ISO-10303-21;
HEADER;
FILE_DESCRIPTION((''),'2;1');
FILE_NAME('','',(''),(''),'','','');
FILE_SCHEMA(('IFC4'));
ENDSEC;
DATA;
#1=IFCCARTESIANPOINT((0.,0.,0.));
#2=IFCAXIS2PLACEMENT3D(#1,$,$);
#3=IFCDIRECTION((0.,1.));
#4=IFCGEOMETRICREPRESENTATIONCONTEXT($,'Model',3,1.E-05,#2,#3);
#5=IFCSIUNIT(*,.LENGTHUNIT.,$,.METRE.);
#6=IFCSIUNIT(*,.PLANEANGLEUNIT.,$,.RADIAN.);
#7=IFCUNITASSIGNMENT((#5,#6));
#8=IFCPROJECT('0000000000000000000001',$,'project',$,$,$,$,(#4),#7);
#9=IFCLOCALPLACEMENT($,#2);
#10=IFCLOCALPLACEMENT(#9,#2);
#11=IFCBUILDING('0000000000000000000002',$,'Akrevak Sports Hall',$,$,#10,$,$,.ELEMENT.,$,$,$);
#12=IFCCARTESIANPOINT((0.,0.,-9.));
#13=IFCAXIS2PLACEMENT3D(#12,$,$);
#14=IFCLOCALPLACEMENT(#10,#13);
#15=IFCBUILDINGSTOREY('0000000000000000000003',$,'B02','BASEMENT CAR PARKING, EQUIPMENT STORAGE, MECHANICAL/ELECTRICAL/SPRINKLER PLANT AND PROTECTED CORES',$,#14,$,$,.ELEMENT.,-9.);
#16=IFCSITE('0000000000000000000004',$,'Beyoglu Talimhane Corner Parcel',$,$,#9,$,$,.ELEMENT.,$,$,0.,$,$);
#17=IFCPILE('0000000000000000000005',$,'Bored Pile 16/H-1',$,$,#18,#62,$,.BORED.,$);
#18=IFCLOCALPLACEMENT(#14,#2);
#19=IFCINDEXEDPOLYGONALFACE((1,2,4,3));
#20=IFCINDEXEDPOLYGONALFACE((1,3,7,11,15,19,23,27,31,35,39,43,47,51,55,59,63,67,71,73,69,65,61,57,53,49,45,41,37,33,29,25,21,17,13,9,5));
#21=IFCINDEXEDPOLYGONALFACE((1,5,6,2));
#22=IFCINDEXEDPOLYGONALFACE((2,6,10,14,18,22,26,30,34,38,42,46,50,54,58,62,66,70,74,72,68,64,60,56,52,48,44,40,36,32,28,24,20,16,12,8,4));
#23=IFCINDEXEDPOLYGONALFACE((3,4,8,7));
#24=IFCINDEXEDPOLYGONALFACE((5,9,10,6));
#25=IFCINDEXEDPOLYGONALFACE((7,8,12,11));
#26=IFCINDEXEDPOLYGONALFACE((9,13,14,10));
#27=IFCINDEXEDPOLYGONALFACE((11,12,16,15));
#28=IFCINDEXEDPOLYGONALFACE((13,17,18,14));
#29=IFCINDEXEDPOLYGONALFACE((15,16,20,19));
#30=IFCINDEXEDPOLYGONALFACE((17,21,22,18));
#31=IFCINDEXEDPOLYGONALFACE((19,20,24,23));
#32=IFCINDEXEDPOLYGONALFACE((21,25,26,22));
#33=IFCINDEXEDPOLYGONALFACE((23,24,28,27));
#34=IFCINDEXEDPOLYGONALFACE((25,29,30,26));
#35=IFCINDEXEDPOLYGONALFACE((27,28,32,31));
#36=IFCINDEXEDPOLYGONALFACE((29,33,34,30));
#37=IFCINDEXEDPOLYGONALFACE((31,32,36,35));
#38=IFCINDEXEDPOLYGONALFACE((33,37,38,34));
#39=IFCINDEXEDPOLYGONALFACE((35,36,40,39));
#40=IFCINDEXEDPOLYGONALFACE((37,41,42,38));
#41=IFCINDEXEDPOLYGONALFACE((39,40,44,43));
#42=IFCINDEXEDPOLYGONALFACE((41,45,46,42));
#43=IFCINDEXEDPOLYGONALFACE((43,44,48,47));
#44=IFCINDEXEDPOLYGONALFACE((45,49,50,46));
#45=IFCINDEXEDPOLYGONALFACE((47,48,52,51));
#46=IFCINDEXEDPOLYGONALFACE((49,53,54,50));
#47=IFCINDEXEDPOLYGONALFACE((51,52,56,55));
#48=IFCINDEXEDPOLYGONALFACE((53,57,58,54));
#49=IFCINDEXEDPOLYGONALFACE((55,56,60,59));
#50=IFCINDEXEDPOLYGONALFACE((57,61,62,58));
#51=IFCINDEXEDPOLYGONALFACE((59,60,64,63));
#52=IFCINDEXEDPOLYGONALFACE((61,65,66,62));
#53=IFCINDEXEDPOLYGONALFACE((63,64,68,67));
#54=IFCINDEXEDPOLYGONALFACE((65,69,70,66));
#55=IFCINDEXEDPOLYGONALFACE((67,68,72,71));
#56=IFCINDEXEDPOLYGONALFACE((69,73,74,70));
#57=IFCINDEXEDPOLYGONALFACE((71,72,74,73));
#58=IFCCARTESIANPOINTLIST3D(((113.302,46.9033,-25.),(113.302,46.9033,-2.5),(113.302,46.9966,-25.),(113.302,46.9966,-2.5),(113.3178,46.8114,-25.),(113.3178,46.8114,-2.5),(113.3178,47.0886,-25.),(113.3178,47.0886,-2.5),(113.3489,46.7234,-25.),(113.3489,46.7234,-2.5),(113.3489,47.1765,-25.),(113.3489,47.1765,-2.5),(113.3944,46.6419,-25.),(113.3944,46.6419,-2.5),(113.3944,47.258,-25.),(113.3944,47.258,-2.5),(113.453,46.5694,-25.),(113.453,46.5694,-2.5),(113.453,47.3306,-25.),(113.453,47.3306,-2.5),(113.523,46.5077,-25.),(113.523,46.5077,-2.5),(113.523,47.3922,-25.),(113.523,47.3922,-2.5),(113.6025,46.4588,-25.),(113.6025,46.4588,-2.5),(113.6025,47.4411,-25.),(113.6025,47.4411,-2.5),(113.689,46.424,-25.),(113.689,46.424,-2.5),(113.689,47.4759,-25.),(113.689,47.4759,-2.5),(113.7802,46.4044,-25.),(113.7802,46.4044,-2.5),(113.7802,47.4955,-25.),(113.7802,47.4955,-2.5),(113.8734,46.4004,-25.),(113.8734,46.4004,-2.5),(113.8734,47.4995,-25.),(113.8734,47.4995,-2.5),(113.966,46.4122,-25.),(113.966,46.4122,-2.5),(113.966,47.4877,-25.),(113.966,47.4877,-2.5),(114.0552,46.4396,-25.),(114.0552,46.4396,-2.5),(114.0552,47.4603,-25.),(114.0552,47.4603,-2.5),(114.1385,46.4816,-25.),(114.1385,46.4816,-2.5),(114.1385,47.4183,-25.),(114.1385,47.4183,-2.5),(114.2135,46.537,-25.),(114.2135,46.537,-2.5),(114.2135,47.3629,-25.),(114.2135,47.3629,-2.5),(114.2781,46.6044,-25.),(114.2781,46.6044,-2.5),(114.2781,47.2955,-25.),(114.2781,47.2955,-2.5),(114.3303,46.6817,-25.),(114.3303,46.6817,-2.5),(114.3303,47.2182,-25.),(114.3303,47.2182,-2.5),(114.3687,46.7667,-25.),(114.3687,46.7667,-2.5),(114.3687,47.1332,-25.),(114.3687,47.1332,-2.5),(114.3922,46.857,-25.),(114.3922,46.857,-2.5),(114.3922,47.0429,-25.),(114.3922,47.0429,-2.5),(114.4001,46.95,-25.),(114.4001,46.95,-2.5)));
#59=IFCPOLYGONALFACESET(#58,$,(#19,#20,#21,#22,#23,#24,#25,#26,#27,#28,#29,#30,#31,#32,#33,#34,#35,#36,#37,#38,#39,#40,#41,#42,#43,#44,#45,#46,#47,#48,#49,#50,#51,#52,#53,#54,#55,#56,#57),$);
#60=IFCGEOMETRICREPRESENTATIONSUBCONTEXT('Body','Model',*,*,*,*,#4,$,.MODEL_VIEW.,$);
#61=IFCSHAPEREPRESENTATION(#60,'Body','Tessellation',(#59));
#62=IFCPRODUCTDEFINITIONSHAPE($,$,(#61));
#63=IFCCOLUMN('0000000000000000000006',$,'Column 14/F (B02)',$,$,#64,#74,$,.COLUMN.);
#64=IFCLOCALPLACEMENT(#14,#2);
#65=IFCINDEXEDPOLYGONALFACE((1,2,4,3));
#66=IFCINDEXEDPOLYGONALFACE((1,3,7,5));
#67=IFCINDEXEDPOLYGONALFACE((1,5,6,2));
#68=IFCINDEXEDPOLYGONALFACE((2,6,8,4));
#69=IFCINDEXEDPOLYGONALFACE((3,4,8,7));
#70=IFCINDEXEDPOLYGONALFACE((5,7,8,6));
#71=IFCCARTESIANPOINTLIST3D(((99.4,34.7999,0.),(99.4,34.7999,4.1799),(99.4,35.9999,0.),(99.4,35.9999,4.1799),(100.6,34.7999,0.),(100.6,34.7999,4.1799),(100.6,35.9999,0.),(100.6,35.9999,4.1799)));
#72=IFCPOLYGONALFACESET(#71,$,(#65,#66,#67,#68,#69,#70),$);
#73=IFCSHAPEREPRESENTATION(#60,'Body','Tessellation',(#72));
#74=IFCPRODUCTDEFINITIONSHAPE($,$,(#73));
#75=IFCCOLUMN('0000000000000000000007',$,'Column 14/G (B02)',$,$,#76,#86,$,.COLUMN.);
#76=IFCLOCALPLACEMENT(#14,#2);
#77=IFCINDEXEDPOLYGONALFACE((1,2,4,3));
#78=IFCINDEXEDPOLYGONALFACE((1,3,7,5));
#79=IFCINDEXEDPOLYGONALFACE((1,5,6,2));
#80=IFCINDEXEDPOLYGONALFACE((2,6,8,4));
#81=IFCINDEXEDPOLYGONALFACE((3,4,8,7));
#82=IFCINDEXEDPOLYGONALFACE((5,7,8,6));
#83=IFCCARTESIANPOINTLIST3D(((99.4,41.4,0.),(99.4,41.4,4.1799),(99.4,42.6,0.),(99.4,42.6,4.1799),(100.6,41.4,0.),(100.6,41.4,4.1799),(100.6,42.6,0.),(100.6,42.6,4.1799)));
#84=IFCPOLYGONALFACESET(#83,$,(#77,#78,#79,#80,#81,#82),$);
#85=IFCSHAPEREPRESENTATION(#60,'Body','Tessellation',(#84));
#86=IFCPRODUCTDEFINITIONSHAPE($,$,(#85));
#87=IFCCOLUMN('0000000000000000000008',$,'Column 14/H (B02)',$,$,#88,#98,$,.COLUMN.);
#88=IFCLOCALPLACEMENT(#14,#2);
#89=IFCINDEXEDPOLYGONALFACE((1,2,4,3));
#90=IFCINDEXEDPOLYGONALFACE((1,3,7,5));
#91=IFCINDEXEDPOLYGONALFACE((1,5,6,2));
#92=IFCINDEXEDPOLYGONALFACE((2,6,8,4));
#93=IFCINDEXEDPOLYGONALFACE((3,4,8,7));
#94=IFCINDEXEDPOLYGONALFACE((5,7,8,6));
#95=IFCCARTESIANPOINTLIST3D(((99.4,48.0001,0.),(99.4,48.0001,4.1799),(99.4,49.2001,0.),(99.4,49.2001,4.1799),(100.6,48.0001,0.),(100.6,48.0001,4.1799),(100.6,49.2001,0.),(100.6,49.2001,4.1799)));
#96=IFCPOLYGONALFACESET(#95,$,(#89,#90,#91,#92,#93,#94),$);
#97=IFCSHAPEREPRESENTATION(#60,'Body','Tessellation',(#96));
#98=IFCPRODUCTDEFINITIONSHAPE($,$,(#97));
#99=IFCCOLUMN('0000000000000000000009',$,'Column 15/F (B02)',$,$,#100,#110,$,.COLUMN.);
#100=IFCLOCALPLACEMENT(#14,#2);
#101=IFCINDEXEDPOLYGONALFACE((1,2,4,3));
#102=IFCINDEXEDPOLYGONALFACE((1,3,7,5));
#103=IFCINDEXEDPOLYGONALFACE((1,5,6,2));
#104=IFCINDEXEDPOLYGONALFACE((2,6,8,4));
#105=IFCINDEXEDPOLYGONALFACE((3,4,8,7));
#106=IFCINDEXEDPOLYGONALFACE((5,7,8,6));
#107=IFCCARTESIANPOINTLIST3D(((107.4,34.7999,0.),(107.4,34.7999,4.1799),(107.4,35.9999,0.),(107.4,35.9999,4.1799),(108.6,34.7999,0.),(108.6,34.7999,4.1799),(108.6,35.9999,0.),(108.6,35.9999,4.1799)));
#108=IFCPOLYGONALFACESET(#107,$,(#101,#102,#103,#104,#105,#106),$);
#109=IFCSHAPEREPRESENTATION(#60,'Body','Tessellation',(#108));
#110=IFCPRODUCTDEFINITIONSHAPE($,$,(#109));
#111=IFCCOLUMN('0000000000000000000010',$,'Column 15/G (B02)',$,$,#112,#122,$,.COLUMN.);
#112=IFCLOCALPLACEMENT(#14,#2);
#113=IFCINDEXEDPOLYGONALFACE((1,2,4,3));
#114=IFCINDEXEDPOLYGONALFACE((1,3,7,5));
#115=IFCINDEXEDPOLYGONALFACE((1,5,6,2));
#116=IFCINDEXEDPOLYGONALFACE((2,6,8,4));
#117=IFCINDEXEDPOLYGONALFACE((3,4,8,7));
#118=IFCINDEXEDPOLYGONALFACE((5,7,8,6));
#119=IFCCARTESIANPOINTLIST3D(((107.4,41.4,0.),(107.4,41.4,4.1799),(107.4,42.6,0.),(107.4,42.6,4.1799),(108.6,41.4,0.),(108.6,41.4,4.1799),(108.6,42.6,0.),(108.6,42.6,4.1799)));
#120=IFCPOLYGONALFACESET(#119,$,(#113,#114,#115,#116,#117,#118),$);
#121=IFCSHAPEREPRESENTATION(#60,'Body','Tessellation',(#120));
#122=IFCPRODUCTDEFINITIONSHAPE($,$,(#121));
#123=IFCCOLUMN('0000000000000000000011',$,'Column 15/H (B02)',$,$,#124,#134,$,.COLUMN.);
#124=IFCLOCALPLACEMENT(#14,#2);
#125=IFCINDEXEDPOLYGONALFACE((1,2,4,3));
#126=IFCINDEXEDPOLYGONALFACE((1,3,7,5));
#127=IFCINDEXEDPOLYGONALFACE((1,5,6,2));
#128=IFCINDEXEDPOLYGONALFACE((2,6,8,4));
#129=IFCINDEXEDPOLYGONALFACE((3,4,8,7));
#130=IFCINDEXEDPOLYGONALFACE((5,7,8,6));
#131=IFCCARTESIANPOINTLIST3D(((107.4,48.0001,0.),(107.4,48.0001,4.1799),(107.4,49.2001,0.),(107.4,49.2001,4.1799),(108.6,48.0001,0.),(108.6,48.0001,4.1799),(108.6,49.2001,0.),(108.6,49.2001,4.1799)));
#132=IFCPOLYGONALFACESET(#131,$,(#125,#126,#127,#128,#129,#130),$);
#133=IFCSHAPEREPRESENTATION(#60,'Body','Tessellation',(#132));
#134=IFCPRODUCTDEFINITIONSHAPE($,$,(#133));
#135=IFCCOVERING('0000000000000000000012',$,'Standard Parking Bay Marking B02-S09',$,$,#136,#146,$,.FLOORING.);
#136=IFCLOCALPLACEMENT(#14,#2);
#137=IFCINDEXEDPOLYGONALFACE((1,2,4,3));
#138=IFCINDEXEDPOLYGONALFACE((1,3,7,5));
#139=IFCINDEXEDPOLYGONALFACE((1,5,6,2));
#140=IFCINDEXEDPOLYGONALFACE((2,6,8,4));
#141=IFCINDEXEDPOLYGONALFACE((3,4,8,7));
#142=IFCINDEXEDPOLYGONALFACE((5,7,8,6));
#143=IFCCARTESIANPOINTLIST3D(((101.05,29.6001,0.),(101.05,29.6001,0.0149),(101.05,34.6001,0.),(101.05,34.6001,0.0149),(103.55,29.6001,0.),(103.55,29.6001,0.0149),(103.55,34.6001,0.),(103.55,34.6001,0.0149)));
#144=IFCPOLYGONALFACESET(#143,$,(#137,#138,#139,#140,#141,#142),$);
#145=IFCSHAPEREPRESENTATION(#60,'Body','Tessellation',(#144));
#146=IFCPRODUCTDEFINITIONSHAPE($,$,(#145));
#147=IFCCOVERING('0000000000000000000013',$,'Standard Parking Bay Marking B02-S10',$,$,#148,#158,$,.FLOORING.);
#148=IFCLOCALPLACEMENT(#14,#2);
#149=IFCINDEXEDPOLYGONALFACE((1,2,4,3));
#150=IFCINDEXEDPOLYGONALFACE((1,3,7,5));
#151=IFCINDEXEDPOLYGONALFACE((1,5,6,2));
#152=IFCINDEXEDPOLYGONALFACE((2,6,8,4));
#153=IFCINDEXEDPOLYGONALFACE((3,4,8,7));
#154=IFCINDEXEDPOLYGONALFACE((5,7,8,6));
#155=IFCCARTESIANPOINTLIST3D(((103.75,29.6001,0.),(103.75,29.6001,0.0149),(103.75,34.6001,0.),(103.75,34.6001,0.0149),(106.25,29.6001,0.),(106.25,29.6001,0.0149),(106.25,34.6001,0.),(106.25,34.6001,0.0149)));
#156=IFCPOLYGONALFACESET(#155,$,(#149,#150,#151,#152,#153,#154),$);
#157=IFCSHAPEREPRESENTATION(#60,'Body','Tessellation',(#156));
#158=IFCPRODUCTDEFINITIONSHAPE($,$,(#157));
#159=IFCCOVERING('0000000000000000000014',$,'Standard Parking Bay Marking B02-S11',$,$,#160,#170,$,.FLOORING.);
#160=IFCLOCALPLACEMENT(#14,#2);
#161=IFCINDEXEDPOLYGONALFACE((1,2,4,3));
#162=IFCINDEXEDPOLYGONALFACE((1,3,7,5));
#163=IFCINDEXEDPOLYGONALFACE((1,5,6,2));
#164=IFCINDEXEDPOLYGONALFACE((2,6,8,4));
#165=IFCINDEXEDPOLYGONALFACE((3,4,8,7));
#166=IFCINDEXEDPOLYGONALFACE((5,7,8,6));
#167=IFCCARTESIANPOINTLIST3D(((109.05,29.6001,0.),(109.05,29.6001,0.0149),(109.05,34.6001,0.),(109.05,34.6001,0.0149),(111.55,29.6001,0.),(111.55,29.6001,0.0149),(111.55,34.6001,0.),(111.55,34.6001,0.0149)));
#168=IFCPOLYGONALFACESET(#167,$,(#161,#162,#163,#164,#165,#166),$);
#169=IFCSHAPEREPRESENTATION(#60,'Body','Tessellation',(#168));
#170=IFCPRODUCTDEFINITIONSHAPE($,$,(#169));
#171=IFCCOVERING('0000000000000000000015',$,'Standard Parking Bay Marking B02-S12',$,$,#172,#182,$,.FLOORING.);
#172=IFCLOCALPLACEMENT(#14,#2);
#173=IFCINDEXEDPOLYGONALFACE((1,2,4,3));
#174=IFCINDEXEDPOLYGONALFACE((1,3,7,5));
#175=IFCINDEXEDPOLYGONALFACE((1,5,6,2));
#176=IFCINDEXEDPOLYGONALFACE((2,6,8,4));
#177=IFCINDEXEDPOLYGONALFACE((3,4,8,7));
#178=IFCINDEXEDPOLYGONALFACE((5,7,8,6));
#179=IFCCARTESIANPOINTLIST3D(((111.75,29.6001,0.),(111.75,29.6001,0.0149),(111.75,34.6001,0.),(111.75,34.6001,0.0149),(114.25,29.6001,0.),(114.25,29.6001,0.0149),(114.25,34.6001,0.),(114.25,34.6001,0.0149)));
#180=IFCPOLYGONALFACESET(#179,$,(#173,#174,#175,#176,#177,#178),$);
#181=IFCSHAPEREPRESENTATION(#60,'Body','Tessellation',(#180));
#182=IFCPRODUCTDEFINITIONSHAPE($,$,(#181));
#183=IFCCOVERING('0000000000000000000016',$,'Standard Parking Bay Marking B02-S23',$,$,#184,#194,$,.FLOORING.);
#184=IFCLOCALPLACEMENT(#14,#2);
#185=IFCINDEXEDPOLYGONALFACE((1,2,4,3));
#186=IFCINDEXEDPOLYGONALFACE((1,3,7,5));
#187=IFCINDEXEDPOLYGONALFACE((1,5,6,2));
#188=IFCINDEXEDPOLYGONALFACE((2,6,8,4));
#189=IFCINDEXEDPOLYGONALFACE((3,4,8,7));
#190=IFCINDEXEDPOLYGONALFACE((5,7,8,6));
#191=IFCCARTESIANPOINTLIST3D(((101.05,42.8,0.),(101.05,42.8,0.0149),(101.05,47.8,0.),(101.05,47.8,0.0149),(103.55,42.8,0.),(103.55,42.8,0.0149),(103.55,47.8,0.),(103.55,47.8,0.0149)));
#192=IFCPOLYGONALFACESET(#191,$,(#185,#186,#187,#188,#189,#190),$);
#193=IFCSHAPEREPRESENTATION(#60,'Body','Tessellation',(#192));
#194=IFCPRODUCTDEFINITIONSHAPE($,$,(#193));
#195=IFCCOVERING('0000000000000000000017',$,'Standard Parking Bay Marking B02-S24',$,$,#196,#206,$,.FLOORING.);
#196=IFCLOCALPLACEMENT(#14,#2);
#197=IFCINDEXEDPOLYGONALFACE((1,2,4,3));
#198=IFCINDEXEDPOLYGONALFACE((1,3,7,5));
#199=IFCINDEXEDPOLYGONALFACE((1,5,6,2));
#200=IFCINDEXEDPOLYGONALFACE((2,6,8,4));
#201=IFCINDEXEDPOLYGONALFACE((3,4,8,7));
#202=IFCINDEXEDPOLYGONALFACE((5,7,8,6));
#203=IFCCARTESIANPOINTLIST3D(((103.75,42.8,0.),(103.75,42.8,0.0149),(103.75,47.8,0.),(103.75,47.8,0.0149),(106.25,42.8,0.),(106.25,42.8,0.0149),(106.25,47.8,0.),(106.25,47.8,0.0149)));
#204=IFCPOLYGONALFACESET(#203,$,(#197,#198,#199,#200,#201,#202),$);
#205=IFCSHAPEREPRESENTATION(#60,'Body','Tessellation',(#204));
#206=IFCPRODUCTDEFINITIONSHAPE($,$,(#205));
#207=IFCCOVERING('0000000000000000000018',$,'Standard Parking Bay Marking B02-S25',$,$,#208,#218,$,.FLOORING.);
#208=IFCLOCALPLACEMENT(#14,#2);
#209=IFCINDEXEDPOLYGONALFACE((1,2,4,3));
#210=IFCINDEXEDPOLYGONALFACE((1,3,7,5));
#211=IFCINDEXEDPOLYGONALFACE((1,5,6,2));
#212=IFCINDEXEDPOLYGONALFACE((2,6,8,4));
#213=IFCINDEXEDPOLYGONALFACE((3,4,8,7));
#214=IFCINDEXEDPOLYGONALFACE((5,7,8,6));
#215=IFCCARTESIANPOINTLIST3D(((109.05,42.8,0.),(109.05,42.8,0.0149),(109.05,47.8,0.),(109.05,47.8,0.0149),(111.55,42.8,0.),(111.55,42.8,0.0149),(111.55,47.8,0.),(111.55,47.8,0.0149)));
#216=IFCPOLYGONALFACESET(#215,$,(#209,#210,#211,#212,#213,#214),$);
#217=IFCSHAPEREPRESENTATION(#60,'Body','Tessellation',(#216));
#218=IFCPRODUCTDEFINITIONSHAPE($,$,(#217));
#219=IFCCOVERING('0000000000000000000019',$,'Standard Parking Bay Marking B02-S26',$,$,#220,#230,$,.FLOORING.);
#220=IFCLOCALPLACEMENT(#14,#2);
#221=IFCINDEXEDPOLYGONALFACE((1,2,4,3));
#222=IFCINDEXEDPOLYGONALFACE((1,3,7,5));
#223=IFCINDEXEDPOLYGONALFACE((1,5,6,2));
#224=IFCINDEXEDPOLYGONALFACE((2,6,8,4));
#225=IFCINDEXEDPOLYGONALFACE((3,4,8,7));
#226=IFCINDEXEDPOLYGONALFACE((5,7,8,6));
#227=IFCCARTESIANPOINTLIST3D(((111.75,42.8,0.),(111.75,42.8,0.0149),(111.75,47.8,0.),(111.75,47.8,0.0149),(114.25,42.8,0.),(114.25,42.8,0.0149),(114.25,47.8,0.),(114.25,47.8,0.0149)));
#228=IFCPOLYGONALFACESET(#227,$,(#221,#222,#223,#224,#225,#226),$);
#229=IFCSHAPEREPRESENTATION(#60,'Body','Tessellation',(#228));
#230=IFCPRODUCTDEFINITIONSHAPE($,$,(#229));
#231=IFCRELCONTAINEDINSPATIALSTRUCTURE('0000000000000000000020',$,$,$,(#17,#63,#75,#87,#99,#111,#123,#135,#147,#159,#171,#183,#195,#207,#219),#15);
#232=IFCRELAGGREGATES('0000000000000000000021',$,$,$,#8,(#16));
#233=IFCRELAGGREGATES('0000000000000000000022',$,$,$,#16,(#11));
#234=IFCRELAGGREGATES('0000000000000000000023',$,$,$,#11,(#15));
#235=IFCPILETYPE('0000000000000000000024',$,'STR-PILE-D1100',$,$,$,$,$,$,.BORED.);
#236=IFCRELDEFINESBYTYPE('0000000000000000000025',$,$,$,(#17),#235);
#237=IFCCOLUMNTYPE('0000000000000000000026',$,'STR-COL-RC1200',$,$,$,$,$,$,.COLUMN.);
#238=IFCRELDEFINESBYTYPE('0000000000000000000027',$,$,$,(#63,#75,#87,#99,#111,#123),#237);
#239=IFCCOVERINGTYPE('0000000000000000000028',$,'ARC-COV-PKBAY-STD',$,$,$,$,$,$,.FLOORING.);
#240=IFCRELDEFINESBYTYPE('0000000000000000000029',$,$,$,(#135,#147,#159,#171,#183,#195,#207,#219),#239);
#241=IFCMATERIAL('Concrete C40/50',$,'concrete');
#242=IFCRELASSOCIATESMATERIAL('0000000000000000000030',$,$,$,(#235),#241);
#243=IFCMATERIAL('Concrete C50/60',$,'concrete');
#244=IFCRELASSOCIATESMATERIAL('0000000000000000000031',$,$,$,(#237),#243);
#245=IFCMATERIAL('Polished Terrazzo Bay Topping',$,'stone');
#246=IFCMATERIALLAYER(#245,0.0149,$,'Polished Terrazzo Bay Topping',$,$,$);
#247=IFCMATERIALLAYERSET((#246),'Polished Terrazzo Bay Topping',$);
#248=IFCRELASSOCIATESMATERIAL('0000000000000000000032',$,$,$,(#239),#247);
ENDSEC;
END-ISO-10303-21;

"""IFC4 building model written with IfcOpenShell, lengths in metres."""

from ifc_helpers import new_model, si_unit, direction, frame, origin, origin_2d, place, context, subcontext, project, spatial, rectangle, circle, extrude, material, layer, layer_set, material_profile, profile_set, type_object, element, save


model = new_model("IFC4")

# Units and contexts
model_context = context("Model", 3, precision=1e-05, world=origin(), true_north=direction((0.0, 1.0)))
body_context = subcontext(model_context, "Body", "Model", "MODEL_VIEW")
ifc_project = project(units=[si_unit("LENGTHUNIT", "METRE"), si_unit("PLANEANGLEUNIT", "RADIAN")], contexts=[model_context])

# Site, building, storey
site_placement = place(None, origin())
site = spatial("IfcSite", under=ifc_project, at=site_placement, Name="Beyoglu Talimhane Corner Parcel", CompositionType="ELEMENT", RefElevation=0.0)
building_placement = place(site_placement, origin())
building = spatial("IfcBuilding", under=site, at=building_placement, Name="Akrevak Sports Hall", CompositionType="ELEMENT")
storey_placement = place(building_placement, frame((0.0, 0.0, -9.0)))
storey = spatial("IfcBuildingStorey", under=building, at=storey_placement, Name="B02", Description="BASEMENT CAR PARKING, EQUIPMENT STORAGE, MECHANICAL/ELECTRICAL/SPRINKLER PLANT AND PROTECTED CORES", CompositionType="ELEMENT", Elevation=-9.0)

# Shared definitions
ifc_material_1 = material(Name="Concrete C40/50", Category="concrete")

# Pile
ifc_material_profile_1 = material_profile(ifc_material_1, circle(Radius=0.55, at=origin_2d()), Name="BORED PILE D1100", Category="concrete")
ifc_profile_set_1 = profile_set([ifc_material_profile_1], Name="Concrete C40/50")
pile_type = type_object("IfcPileType", Name="STR-PILE-D1100", PredefinedType="BORED", material=ifc_profile_set_1)
for number, where, z_axis, x_axis, name in (
    (1, (113.8501, 46.95, -2.5), (0.0, 0.0, -1.0), (1.0, 0.0, 0.0), "Bored Pile 16/H-1"),
):
    element("IfcPile", number, at=place(storey_placement, frame(where, z_axis=z_axis, x_axis=x_axis)), inside=storey, type_object=pile_type, Name=name, PredefinedType="BORED", context=body_context, shape_type="SweptSolid", body=[
        extrude(circle(Radius=0.55, at=origin_2d()), origin(), (0.0, 0.0, 1.0), 22.5),
    ])

# Columns
ifc_material_2 = material(Name="Concrete C50/60", Category="concrete")
ifc_material_profile_2 = material_profile(ifc_material_2, rectangle(XDim=1.2, YDim=1.2, at=origin_2d()), Name="RC 1200x1200", Category="concrete")
ifc_profile_set_2 = profile_set([ifc_material_profile_2], Name="Concrete C50/60")
column_type = type_object("IfcColumnType", Name="STR-COL-RC1200", PredefinedType="COLUMN", material=ifc_profile_set_2)
for number, where, z_axis, x_axis, name in (
    (2, (100.0, 35.3999, 0.0), (0.0, 0.0, 1.0), (1.0, 0.0, 0.0), "Column 14/F (B02)"),
    (3, (100.0, 42.0, 0.0), (0.0, 0.0, 1.0), (1.0, 0.0, 0.0), "Column 14/G (B02)"),
    (4, (100.0, 48.6001, 0.0), (0.0, 0.0, 1.0), (1.0, 0.0, 0.0), "Column 14/H (B02)"),
    (5, (108.0, 35.3999, 0.0), (0.0, 0.0, 1.0), (1.0, 0.0, 0.0), "Column 15/F (B02)"),
    (6, (108.0, 42.0, 0.0), (0.0, 0.0, 1.0), (1.0, 0.0, 0.0), "Column 15/G (B02)"),
    (7, (108.0, 48.6001, 0.0), (0.0, 0.0, 1.0), (1.0, 0.0, 0.0), "Column 15/H (B02)"),
):
    element("IfcColumn", number, at=place(storey_placement, frame(where, z_axis=z_axis, x_axis=x_axis)), inside=storey, type_object=column_type, Name=name, PredefinedType="COLUMN", context=body_context, shape_type="SweptSolid", body=[
        extrude(rectangle(XDim=1.2, YDim=1.2, at=origin_2d()), origin(), (0.0, 0.0, 1.0), 4.1799),
    ])

# Coverings
ifc_material_3 = material(Name="Polished Terrazzo Bay Topping", Category="stone")
ifc_layer = layer(ifc_material_3, 0.0149, Name="Polished Terrazzo Bay Topping")
ifc_layer_set = layer_set([ifc_layer], Name="Polished Terrazzo Bay Topping")
covering_type = type_object("IfcCoveringType", Name="ARC-COV-PKBAY-STD", PredefinedType="FLOORING", material=ifc_layer_set)
for number, where, z_axis, x_axis, name in (
    (8, (102.3, 32.1001, 0.0), (0.0, 0.0, 1.0), (1.0, 0.0, 0.0), "Standard Parking Bay Marking B02-S09"),
    (9, (105.0, 32.1001, 0.0), (0.0, 0.0, 1.0), (1.0, 0.0, 0.0), "Standard Parking Bay Marking B02-S10"),
    (10, (110.3, 32.1001, 0.0), (0.0, 0.0, 1.0), (1.0, 0.0, 0.0), "Standard Parking Bay Marking B02-S11"),
    (11, (113.0, 32.1001, 0.0), (0.0, 0.0, 1.0), (1.0, 0.0, 0.0), "Standard Parking Bay Marking B02-S12"),
    (12, (102.3, 45.3, 0.0), (0.0, 0.0, 1.0), (1.0, 0.0, 0.0), "Standard Parking Bay Marking B02-S23"),
    (13, (105.0, 45.3, 0.0), (0.0, 0.0, 1.0), (1.0, 0.0, 0.0), "Standard Parking Bay Marking B02-S24"),
    (14, (110.3, 45.3, 0.0), (0.0, 0.0, 1.0), (1.0, 0.0, 0.0), "Standard Parking Bay Marking B02-S25"),
    (15, (113.0, 45.3, 0.0), (0.0, 0.0, 1.0), (1.0, 0.0, 0.0), "Standard Parking Bay Marking B02-S26"),
):
    element("IfcCovering", number, at=place(storey_placement, frame(where, z_axis=z_axis, x_axis=x_axis)), inside=storey, type_object=covering_type, Name=name, PredefinedType="FLOORING", context=body_context, shape_type="SweptSolid", body=[
        extrude(rectangle(XDim=2.5, YDim=5.0, at=origin_2d()), origin(), (0.0, 0.0, 1.0), 0.0149),
    ])

save(model, "model.ifc")
